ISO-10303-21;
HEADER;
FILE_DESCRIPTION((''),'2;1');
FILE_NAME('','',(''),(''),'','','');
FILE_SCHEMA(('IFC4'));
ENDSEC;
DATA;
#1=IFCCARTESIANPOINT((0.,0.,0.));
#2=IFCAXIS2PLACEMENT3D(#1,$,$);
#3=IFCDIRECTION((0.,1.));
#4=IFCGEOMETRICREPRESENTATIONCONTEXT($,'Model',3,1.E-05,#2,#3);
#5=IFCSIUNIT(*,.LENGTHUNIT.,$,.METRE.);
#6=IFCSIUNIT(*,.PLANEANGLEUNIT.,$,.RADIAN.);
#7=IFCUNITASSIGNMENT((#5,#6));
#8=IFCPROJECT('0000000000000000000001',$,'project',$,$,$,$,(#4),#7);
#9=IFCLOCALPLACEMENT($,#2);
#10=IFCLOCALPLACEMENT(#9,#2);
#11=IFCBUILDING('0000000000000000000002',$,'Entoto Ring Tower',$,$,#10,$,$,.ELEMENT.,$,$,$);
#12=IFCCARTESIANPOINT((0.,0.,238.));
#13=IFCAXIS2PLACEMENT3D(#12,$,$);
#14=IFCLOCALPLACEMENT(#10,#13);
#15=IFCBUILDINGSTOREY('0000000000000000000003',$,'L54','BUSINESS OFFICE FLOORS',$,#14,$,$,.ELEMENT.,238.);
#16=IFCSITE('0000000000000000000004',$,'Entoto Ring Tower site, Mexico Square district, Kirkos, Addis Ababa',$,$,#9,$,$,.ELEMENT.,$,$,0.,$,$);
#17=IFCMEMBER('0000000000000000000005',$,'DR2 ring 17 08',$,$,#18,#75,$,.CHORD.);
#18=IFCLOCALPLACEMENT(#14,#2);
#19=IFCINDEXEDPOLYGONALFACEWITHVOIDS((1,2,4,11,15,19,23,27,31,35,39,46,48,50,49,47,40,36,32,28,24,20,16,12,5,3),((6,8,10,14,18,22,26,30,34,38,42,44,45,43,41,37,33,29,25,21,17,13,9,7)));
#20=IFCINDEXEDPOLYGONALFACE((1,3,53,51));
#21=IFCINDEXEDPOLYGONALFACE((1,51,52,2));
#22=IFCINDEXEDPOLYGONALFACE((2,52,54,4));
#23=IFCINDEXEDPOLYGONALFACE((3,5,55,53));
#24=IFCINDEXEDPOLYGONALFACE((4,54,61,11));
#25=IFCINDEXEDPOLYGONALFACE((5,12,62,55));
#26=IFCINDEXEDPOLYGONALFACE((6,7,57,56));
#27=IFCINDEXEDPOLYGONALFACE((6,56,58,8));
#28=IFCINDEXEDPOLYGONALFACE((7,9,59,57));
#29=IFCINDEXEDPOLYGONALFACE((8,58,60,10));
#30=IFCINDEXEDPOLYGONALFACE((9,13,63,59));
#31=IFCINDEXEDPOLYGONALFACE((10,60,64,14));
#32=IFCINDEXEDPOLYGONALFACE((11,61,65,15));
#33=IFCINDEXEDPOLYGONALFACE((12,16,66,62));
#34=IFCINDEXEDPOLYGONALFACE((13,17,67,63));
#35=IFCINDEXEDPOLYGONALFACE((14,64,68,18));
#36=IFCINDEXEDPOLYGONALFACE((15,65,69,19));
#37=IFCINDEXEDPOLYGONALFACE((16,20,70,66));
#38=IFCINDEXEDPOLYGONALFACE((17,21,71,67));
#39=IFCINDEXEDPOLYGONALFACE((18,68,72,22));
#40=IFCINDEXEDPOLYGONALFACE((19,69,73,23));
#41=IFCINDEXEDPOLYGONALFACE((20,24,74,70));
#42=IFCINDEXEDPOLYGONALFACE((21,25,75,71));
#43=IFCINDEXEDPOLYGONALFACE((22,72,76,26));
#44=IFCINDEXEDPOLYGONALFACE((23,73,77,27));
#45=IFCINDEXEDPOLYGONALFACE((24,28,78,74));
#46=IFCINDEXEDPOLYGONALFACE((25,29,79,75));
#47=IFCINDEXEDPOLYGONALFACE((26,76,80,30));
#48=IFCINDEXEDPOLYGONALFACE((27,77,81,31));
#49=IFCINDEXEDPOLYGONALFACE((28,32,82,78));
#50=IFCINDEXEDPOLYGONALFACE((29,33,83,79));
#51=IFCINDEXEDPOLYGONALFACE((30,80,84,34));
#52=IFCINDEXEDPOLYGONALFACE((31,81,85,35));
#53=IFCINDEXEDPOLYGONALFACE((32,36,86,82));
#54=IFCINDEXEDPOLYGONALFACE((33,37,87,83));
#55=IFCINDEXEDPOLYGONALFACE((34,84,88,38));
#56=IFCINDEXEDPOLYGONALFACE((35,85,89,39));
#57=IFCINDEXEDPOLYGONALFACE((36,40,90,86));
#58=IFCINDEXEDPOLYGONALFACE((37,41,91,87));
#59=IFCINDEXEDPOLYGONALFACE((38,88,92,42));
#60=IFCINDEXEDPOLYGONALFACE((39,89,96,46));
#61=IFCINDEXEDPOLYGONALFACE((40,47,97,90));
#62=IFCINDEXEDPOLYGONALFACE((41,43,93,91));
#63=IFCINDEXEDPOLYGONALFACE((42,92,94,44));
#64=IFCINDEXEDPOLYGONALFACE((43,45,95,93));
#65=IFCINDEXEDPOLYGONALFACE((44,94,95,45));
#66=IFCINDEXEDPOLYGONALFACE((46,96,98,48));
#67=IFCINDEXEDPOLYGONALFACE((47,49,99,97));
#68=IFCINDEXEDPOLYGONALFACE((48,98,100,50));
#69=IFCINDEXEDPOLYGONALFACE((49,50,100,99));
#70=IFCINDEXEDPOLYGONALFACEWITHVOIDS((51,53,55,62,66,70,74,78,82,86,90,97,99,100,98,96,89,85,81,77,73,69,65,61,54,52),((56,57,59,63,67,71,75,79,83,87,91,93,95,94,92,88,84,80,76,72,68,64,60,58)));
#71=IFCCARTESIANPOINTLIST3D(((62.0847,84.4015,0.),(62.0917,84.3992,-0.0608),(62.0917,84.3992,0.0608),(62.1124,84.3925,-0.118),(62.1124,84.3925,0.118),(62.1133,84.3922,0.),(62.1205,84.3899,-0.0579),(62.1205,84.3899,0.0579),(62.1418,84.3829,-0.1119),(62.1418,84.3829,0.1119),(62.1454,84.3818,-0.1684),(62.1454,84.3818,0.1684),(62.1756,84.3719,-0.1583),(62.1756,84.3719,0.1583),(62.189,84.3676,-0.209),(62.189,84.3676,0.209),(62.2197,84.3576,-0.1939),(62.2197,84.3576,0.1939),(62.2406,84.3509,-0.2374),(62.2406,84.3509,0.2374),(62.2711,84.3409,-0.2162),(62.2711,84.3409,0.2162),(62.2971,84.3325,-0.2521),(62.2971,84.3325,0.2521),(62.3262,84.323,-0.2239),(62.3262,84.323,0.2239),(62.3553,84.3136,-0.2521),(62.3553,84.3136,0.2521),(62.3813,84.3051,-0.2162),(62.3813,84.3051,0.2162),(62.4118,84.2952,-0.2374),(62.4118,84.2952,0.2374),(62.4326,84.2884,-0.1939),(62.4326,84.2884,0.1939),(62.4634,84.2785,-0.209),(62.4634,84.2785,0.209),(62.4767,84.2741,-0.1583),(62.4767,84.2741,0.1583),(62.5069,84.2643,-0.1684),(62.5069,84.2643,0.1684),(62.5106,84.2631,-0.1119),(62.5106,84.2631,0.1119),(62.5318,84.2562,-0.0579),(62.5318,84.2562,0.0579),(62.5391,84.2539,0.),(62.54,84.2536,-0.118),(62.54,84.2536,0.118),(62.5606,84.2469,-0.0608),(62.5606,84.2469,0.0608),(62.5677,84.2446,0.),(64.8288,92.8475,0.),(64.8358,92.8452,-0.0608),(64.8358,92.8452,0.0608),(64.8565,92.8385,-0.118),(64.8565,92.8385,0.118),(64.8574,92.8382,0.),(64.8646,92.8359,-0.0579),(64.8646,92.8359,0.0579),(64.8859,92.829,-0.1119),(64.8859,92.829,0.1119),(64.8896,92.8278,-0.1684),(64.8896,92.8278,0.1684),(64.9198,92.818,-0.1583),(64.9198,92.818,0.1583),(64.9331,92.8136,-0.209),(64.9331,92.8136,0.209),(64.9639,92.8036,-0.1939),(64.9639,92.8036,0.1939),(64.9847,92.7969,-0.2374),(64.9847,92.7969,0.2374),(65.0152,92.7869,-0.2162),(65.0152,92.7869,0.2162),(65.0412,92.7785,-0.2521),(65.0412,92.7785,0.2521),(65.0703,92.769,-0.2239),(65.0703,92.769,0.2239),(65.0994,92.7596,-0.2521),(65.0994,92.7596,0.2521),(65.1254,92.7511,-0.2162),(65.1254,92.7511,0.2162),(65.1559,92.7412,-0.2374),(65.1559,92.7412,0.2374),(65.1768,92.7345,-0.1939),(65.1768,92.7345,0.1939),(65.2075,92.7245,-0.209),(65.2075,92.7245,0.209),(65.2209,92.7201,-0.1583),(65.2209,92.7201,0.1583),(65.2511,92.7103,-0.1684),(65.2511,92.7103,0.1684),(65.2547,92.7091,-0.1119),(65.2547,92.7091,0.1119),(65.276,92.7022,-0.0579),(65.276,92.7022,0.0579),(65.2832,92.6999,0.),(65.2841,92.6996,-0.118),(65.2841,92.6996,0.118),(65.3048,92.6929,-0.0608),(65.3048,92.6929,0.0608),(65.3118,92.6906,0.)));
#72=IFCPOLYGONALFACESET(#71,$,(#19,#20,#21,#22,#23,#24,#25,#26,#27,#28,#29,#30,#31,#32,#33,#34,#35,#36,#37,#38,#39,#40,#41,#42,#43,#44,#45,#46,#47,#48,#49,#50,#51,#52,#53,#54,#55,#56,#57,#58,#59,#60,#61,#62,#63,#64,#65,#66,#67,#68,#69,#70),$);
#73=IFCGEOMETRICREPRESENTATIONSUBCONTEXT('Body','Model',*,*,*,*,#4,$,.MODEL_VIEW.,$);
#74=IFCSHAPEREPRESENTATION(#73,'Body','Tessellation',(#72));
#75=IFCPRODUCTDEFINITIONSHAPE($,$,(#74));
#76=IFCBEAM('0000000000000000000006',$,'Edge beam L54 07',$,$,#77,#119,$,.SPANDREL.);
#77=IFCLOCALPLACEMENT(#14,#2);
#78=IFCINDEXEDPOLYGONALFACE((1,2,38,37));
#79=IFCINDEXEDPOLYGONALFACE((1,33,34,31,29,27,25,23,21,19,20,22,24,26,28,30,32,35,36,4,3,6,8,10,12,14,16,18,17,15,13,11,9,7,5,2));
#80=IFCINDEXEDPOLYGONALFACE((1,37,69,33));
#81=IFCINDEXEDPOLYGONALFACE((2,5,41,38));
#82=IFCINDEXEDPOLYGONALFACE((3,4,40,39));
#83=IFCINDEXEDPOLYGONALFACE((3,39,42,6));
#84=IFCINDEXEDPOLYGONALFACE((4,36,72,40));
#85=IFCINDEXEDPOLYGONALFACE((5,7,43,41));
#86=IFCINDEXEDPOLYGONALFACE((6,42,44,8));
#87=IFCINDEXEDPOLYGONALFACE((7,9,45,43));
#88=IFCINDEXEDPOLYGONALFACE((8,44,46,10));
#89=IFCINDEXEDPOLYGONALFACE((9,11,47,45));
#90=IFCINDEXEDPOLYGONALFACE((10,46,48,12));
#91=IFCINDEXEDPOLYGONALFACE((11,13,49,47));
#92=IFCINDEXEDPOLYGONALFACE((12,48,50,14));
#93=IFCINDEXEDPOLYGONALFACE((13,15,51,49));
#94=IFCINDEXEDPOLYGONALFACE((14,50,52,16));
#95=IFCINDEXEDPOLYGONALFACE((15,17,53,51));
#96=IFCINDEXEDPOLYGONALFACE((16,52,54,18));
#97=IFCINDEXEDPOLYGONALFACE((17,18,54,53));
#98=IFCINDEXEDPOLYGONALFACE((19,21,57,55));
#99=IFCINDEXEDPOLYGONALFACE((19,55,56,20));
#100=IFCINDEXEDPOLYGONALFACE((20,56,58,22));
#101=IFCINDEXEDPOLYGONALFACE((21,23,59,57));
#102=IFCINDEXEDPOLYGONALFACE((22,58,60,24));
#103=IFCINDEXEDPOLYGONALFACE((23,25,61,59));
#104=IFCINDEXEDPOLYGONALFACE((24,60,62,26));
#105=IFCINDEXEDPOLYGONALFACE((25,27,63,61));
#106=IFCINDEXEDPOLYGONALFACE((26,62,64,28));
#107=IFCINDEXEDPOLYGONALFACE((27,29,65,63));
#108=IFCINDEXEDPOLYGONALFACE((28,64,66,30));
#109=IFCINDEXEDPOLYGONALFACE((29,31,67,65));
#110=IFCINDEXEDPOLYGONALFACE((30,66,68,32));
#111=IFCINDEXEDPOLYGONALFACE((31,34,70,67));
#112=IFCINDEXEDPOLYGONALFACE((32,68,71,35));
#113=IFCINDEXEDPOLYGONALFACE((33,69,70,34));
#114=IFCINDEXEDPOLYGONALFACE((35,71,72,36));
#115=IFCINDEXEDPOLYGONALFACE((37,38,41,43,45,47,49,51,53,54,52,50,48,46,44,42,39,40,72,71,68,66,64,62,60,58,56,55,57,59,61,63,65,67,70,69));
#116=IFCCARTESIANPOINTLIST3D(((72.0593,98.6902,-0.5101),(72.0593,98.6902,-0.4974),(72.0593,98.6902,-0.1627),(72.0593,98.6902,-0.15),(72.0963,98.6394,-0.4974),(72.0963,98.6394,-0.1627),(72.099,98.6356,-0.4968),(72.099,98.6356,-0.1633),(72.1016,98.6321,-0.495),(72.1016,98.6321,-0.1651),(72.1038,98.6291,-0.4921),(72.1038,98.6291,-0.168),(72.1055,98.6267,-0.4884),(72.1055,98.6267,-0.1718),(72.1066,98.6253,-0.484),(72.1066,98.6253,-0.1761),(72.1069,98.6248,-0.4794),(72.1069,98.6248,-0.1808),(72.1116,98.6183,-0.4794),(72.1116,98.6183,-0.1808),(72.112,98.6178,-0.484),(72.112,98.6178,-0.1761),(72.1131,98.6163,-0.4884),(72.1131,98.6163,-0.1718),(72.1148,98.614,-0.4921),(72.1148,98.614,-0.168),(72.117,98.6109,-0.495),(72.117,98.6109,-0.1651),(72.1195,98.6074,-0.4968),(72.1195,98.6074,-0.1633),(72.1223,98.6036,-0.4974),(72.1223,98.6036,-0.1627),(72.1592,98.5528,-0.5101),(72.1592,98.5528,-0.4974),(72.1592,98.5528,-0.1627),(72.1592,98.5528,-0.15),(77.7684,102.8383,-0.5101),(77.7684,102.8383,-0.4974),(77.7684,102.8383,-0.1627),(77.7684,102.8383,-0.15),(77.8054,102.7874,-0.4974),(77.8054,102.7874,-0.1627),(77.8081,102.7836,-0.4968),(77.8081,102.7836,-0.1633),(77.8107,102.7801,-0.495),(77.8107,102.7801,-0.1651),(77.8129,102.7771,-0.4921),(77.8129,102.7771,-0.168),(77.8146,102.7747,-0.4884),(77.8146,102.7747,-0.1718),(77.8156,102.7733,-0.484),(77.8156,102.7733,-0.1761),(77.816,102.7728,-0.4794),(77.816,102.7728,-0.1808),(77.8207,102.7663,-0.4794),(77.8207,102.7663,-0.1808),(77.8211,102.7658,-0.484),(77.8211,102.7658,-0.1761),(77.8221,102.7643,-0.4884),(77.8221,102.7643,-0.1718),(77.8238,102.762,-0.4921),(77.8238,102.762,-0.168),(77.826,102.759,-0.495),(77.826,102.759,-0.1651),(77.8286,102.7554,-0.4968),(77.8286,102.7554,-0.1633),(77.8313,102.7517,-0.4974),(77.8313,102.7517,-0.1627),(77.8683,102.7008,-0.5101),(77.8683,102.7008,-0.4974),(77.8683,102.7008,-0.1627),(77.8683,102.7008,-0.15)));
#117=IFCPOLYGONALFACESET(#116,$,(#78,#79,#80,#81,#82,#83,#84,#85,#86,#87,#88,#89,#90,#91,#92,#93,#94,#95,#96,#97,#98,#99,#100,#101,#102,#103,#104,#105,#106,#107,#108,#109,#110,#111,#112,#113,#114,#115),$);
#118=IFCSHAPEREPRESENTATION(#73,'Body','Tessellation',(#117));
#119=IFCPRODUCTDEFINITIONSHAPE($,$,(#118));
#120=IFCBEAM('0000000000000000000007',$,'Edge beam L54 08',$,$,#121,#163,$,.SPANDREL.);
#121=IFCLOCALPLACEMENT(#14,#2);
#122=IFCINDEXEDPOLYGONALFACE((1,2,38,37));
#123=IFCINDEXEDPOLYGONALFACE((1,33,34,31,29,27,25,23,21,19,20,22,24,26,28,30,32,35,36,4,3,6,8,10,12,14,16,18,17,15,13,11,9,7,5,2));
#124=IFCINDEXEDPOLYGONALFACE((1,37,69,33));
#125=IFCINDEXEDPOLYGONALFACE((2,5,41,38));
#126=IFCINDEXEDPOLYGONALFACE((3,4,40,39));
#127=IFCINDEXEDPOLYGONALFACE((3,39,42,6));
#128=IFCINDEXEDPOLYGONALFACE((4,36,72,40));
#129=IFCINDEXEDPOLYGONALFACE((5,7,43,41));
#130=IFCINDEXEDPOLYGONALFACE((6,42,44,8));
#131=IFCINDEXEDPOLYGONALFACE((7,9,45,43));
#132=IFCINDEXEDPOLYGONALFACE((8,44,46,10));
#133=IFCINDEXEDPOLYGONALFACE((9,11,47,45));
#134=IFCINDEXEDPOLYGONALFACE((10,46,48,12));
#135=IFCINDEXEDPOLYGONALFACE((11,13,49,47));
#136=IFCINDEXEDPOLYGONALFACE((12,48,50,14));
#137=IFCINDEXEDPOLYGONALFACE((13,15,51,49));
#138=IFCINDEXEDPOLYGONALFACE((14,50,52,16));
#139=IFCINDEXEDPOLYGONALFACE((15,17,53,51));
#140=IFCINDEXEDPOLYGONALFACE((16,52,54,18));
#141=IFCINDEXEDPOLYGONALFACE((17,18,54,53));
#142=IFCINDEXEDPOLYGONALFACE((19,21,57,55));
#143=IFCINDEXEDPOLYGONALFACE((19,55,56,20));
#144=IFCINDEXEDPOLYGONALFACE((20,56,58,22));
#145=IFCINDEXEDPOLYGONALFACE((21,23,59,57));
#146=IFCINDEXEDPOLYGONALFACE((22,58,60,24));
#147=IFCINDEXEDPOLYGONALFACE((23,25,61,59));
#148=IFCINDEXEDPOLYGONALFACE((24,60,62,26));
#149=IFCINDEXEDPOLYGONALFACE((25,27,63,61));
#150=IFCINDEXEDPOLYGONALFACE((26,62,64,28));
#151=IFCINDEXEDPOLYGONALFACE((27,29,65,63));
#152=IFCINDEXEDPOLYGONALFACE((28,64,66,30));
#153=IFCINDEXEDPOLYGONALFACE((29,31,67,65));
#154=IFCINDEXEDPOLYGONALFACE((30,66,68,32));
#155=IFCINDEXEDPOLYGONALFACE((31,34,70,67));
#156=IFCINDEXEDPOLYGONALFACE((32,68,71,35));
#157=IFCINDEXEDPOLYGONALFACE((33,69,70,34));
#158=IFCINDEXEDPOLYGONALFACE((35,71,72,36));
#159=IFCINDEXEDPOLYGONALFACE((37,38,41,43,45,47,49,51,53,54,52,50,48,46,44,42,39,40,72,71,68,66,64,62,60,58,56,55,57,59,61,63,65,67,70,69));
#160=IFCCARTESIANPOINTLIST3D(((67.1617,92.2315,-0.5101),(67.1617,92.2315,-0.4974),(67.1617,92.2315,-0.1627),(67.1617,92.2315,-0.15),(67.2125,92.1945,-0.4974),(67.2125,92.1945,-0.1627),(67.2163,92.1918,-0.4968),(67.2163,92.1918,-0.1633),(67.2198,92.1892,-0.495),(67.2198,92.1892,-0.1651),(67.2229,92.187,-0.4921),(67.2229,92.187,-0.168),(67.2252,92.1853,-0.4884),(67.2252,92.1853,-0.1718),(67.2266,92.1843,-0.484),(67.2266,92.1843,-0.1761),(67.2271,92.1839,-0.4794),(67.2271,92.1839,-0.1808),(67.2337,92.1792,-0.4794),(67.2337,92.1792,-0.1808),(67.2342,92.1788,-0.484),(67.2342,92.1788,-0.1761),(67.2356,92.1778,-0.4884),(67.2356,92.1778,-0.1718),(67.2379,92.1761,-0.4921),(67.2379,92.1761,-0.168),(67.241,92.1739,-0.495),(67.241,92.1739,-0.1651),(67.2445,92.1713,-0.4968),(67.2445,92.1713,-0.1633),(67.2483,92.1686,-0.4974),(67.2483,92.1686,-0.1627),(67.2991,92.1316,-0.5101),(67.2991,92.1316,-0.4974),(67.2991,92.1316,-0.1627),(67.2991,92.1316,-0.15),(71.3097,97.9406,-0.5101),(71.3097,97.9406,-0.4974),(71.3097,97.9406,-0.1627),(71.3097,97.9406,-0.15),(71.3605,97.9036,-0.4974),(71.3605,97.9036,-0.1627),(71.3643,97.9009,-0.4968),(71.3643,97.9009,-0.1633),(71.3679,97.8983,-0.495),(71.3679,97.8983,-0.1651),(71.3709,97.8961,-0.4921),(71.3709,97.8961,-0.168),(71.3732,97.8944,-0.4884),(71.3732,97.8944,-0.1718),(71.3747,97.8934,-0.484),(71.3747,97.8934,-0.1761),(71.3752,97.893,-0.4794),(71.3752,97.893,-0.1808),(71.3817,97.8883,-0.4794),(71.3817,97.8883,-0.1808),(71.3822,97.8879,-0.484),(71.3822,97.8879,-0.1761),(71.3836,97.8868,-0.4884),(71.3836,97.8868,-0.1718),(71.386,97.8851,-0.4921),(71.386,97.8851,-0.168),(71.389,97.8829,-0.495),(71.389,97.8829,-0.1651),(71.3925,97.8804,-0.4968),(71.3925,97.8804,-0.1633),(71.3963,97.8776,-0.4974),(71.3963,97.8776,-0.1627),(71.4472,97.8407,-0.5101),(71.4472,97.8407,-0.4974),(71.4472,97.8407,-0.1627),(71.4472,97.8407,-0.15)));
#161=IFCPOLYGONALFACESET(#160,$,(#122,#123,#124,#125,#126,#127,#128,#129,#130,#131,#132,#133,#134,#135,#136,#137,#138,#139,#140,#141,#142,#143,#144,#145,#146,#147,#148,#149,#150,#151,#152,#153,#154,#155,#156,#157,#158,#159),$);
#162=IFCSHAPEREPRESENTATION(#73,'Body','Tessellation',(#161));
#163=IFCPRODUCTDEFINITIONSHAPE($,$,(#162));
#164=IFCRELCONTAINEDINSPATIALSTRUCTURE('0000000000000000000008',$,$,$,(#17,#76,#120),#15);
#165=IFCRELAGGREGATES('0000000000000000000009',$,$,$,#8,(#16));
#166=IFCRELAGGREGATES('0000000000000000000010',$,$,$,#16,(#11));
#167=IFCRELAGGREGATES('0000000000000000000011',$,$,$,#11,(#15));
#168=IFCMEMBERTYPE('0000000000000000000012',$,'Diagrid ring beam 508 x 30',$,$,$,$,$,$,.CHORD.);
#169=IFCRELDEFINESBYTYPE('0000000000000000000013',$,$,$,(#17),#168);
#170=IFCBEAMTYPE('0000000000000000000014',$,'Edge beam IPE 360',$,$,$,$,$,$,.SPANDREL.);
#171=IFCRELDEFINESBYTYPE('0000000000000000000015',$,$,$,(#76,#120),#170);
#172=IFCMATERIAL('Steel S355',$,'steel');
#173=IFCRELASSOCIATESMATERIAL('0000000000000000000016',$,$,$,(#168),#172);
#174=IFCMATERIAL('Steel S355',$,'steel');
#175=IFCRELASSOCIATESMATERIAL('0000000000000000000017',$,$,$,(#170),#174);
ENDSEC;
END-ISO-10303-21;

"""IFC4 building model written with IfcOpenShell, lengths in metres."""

from ifc_helpers import new_model, si_unit, direction, frame, origin, origin_2d, place, context, subcontext, project, spatial, circle, hollow_circle, i_section, extrude, material, material_profile, profile_set, type_object, element, save


model = new_model("IFC4")

# Units and contexts
model_context = context("Model", 3, precision=1e-05, world=origin(), true_north=direction((0.0, 1.0)))
body_context = subcontext(model_context, "Body", "Model", "MODEL_VIEW")
ifc_project = project(units=[si_unit("LENGTHUNIT", "METRE"), si_unit("PLANEANGLEUNIT", "RADIAN")], contexts=[model_context])

# Site, building, storey
site_placement = place(None, origin())
site = spatial("IfcSite", under=ifc_project, at=site_placement, Name="Entoto Ring Tower site, Mexico Square district, Kirkos, Addis Ababa", CompositionType="ELEMENT", RefElevation=0.0)
building_placement = place(site_placement, origin())
building = spatial("IfcBuilding", under=site, at=building_placement, Name="Entoto Ring Tower", CompositionType="ELEMENT")
storey_placement = place(building_placement, frame((0.0, 0.0, 238.0)))
storey = spatial("IfcBuildingStorey", under=building, at=storey_placement, Name="L54", Description="BUSINESS OFFICE FLOORS", CompositionType="ELEMENT", Elevation=238.0)

# Member
ifc_material_1 = material(Name="Steel S355", Category="steel")
ifc_material_profile_1 = material_profile(ifc_material_1, hollow_circle(Radius=0.2539, WallThickness=0.03, at=origin_2d()), Name="CHS 508 x 30")
ifc_material_2 = material(Name="Concrete C60/75", Category="concrete")
ifc_material_profile_2 = material_profile(ifc_material_2, circle(Radius=0.2241, at=origin_2d()), Name="Concrete C60/75 infill")
ifc_profile_set_1 = profile_set([ifc_material_profile_1, ifc_material_profile_2], Name="Steel S355")
member_type_1 = type_object("IfcMemberType", Name="Diagrid ring beam 508 x 30", PredefinedType="CHORD", material=ifc_profile_set_1)
for number, where, z_axis, x_axis, name in (
    (1, (65.0703, 92.769, 0.0), (-0.309002, -0.951061, 0.0), (0.951061, -0.309002, 0.0), "DR2 ring 17 08"),
):
    element("IfcMember", number, at=place(storey_placement, frame(where, z_axis=z_axis, x_axis=x_axis)), inside=storey, type_object=member_type_1, Name=name, PredefinedType="CHORD", context=body_context, shape_type="SweptSolid", body=[
        extrude(hollow_circle(Radius=0.2539, WallThickness=0.03, at=origin_2d()), origin(), (0.0, 0.0, 1.0), 8.8806),
    ])

# Beams
ifc_material_3 = material(Name="Steel S355", Category="steel")
ifc_material_profile_3 = material_profile(ifc_material_3, i_section(OverallWidth=0.1699, OverallDepth=0.3601, WebThickness=0.0081, FlangeThickness=0.0127, FilletRadius=0.0181, at=origin_2d()), Name="IPE 360")
ifc_profile_set_2 = profile_set([ifc_material_profile_3], Name="Steel S355")
beam_type_1 = type_object("IfcBeamType", Name="Edge beam IPE 360", PredefinedType="SPANDREL", material=ifc_profile_set_2)
for number, where, z_axis, x_axis, name in (
    (2, (77.8184, 102.7695, -0.3301), (-0.809008, -0.587797, 0.0), (0.587797, -0.809008, 0.0), "Edge beam L54 07"),
    (3, (71.3784, 97.8906, -0.3301), (-0.587797, -0.809008, 0.0), (0.809008, -0.587797, 0.0), "Edge beam L54 08"),
):
    element("IfcBeam", number, at=place(storey_placement, frame(where, z_axis=z_axis, x_axis=x_axis)), inside=storey, type_object=beam_type_1, Name=name, PredefinedType="SPANDREL", context=body_context, shape_type="SweptSolid", body=[
        extrude(i_section(OverallWidth=0.1699, OverallDepth=0.3601, WebThickness=0.0081, FlangeThickness=0.0127, FilletRadius=0.0181, at=origin_2d()), origin(), (0.0, 0.0, 1.0), 7.0569),
    ])

save(model, "model.ifc")
